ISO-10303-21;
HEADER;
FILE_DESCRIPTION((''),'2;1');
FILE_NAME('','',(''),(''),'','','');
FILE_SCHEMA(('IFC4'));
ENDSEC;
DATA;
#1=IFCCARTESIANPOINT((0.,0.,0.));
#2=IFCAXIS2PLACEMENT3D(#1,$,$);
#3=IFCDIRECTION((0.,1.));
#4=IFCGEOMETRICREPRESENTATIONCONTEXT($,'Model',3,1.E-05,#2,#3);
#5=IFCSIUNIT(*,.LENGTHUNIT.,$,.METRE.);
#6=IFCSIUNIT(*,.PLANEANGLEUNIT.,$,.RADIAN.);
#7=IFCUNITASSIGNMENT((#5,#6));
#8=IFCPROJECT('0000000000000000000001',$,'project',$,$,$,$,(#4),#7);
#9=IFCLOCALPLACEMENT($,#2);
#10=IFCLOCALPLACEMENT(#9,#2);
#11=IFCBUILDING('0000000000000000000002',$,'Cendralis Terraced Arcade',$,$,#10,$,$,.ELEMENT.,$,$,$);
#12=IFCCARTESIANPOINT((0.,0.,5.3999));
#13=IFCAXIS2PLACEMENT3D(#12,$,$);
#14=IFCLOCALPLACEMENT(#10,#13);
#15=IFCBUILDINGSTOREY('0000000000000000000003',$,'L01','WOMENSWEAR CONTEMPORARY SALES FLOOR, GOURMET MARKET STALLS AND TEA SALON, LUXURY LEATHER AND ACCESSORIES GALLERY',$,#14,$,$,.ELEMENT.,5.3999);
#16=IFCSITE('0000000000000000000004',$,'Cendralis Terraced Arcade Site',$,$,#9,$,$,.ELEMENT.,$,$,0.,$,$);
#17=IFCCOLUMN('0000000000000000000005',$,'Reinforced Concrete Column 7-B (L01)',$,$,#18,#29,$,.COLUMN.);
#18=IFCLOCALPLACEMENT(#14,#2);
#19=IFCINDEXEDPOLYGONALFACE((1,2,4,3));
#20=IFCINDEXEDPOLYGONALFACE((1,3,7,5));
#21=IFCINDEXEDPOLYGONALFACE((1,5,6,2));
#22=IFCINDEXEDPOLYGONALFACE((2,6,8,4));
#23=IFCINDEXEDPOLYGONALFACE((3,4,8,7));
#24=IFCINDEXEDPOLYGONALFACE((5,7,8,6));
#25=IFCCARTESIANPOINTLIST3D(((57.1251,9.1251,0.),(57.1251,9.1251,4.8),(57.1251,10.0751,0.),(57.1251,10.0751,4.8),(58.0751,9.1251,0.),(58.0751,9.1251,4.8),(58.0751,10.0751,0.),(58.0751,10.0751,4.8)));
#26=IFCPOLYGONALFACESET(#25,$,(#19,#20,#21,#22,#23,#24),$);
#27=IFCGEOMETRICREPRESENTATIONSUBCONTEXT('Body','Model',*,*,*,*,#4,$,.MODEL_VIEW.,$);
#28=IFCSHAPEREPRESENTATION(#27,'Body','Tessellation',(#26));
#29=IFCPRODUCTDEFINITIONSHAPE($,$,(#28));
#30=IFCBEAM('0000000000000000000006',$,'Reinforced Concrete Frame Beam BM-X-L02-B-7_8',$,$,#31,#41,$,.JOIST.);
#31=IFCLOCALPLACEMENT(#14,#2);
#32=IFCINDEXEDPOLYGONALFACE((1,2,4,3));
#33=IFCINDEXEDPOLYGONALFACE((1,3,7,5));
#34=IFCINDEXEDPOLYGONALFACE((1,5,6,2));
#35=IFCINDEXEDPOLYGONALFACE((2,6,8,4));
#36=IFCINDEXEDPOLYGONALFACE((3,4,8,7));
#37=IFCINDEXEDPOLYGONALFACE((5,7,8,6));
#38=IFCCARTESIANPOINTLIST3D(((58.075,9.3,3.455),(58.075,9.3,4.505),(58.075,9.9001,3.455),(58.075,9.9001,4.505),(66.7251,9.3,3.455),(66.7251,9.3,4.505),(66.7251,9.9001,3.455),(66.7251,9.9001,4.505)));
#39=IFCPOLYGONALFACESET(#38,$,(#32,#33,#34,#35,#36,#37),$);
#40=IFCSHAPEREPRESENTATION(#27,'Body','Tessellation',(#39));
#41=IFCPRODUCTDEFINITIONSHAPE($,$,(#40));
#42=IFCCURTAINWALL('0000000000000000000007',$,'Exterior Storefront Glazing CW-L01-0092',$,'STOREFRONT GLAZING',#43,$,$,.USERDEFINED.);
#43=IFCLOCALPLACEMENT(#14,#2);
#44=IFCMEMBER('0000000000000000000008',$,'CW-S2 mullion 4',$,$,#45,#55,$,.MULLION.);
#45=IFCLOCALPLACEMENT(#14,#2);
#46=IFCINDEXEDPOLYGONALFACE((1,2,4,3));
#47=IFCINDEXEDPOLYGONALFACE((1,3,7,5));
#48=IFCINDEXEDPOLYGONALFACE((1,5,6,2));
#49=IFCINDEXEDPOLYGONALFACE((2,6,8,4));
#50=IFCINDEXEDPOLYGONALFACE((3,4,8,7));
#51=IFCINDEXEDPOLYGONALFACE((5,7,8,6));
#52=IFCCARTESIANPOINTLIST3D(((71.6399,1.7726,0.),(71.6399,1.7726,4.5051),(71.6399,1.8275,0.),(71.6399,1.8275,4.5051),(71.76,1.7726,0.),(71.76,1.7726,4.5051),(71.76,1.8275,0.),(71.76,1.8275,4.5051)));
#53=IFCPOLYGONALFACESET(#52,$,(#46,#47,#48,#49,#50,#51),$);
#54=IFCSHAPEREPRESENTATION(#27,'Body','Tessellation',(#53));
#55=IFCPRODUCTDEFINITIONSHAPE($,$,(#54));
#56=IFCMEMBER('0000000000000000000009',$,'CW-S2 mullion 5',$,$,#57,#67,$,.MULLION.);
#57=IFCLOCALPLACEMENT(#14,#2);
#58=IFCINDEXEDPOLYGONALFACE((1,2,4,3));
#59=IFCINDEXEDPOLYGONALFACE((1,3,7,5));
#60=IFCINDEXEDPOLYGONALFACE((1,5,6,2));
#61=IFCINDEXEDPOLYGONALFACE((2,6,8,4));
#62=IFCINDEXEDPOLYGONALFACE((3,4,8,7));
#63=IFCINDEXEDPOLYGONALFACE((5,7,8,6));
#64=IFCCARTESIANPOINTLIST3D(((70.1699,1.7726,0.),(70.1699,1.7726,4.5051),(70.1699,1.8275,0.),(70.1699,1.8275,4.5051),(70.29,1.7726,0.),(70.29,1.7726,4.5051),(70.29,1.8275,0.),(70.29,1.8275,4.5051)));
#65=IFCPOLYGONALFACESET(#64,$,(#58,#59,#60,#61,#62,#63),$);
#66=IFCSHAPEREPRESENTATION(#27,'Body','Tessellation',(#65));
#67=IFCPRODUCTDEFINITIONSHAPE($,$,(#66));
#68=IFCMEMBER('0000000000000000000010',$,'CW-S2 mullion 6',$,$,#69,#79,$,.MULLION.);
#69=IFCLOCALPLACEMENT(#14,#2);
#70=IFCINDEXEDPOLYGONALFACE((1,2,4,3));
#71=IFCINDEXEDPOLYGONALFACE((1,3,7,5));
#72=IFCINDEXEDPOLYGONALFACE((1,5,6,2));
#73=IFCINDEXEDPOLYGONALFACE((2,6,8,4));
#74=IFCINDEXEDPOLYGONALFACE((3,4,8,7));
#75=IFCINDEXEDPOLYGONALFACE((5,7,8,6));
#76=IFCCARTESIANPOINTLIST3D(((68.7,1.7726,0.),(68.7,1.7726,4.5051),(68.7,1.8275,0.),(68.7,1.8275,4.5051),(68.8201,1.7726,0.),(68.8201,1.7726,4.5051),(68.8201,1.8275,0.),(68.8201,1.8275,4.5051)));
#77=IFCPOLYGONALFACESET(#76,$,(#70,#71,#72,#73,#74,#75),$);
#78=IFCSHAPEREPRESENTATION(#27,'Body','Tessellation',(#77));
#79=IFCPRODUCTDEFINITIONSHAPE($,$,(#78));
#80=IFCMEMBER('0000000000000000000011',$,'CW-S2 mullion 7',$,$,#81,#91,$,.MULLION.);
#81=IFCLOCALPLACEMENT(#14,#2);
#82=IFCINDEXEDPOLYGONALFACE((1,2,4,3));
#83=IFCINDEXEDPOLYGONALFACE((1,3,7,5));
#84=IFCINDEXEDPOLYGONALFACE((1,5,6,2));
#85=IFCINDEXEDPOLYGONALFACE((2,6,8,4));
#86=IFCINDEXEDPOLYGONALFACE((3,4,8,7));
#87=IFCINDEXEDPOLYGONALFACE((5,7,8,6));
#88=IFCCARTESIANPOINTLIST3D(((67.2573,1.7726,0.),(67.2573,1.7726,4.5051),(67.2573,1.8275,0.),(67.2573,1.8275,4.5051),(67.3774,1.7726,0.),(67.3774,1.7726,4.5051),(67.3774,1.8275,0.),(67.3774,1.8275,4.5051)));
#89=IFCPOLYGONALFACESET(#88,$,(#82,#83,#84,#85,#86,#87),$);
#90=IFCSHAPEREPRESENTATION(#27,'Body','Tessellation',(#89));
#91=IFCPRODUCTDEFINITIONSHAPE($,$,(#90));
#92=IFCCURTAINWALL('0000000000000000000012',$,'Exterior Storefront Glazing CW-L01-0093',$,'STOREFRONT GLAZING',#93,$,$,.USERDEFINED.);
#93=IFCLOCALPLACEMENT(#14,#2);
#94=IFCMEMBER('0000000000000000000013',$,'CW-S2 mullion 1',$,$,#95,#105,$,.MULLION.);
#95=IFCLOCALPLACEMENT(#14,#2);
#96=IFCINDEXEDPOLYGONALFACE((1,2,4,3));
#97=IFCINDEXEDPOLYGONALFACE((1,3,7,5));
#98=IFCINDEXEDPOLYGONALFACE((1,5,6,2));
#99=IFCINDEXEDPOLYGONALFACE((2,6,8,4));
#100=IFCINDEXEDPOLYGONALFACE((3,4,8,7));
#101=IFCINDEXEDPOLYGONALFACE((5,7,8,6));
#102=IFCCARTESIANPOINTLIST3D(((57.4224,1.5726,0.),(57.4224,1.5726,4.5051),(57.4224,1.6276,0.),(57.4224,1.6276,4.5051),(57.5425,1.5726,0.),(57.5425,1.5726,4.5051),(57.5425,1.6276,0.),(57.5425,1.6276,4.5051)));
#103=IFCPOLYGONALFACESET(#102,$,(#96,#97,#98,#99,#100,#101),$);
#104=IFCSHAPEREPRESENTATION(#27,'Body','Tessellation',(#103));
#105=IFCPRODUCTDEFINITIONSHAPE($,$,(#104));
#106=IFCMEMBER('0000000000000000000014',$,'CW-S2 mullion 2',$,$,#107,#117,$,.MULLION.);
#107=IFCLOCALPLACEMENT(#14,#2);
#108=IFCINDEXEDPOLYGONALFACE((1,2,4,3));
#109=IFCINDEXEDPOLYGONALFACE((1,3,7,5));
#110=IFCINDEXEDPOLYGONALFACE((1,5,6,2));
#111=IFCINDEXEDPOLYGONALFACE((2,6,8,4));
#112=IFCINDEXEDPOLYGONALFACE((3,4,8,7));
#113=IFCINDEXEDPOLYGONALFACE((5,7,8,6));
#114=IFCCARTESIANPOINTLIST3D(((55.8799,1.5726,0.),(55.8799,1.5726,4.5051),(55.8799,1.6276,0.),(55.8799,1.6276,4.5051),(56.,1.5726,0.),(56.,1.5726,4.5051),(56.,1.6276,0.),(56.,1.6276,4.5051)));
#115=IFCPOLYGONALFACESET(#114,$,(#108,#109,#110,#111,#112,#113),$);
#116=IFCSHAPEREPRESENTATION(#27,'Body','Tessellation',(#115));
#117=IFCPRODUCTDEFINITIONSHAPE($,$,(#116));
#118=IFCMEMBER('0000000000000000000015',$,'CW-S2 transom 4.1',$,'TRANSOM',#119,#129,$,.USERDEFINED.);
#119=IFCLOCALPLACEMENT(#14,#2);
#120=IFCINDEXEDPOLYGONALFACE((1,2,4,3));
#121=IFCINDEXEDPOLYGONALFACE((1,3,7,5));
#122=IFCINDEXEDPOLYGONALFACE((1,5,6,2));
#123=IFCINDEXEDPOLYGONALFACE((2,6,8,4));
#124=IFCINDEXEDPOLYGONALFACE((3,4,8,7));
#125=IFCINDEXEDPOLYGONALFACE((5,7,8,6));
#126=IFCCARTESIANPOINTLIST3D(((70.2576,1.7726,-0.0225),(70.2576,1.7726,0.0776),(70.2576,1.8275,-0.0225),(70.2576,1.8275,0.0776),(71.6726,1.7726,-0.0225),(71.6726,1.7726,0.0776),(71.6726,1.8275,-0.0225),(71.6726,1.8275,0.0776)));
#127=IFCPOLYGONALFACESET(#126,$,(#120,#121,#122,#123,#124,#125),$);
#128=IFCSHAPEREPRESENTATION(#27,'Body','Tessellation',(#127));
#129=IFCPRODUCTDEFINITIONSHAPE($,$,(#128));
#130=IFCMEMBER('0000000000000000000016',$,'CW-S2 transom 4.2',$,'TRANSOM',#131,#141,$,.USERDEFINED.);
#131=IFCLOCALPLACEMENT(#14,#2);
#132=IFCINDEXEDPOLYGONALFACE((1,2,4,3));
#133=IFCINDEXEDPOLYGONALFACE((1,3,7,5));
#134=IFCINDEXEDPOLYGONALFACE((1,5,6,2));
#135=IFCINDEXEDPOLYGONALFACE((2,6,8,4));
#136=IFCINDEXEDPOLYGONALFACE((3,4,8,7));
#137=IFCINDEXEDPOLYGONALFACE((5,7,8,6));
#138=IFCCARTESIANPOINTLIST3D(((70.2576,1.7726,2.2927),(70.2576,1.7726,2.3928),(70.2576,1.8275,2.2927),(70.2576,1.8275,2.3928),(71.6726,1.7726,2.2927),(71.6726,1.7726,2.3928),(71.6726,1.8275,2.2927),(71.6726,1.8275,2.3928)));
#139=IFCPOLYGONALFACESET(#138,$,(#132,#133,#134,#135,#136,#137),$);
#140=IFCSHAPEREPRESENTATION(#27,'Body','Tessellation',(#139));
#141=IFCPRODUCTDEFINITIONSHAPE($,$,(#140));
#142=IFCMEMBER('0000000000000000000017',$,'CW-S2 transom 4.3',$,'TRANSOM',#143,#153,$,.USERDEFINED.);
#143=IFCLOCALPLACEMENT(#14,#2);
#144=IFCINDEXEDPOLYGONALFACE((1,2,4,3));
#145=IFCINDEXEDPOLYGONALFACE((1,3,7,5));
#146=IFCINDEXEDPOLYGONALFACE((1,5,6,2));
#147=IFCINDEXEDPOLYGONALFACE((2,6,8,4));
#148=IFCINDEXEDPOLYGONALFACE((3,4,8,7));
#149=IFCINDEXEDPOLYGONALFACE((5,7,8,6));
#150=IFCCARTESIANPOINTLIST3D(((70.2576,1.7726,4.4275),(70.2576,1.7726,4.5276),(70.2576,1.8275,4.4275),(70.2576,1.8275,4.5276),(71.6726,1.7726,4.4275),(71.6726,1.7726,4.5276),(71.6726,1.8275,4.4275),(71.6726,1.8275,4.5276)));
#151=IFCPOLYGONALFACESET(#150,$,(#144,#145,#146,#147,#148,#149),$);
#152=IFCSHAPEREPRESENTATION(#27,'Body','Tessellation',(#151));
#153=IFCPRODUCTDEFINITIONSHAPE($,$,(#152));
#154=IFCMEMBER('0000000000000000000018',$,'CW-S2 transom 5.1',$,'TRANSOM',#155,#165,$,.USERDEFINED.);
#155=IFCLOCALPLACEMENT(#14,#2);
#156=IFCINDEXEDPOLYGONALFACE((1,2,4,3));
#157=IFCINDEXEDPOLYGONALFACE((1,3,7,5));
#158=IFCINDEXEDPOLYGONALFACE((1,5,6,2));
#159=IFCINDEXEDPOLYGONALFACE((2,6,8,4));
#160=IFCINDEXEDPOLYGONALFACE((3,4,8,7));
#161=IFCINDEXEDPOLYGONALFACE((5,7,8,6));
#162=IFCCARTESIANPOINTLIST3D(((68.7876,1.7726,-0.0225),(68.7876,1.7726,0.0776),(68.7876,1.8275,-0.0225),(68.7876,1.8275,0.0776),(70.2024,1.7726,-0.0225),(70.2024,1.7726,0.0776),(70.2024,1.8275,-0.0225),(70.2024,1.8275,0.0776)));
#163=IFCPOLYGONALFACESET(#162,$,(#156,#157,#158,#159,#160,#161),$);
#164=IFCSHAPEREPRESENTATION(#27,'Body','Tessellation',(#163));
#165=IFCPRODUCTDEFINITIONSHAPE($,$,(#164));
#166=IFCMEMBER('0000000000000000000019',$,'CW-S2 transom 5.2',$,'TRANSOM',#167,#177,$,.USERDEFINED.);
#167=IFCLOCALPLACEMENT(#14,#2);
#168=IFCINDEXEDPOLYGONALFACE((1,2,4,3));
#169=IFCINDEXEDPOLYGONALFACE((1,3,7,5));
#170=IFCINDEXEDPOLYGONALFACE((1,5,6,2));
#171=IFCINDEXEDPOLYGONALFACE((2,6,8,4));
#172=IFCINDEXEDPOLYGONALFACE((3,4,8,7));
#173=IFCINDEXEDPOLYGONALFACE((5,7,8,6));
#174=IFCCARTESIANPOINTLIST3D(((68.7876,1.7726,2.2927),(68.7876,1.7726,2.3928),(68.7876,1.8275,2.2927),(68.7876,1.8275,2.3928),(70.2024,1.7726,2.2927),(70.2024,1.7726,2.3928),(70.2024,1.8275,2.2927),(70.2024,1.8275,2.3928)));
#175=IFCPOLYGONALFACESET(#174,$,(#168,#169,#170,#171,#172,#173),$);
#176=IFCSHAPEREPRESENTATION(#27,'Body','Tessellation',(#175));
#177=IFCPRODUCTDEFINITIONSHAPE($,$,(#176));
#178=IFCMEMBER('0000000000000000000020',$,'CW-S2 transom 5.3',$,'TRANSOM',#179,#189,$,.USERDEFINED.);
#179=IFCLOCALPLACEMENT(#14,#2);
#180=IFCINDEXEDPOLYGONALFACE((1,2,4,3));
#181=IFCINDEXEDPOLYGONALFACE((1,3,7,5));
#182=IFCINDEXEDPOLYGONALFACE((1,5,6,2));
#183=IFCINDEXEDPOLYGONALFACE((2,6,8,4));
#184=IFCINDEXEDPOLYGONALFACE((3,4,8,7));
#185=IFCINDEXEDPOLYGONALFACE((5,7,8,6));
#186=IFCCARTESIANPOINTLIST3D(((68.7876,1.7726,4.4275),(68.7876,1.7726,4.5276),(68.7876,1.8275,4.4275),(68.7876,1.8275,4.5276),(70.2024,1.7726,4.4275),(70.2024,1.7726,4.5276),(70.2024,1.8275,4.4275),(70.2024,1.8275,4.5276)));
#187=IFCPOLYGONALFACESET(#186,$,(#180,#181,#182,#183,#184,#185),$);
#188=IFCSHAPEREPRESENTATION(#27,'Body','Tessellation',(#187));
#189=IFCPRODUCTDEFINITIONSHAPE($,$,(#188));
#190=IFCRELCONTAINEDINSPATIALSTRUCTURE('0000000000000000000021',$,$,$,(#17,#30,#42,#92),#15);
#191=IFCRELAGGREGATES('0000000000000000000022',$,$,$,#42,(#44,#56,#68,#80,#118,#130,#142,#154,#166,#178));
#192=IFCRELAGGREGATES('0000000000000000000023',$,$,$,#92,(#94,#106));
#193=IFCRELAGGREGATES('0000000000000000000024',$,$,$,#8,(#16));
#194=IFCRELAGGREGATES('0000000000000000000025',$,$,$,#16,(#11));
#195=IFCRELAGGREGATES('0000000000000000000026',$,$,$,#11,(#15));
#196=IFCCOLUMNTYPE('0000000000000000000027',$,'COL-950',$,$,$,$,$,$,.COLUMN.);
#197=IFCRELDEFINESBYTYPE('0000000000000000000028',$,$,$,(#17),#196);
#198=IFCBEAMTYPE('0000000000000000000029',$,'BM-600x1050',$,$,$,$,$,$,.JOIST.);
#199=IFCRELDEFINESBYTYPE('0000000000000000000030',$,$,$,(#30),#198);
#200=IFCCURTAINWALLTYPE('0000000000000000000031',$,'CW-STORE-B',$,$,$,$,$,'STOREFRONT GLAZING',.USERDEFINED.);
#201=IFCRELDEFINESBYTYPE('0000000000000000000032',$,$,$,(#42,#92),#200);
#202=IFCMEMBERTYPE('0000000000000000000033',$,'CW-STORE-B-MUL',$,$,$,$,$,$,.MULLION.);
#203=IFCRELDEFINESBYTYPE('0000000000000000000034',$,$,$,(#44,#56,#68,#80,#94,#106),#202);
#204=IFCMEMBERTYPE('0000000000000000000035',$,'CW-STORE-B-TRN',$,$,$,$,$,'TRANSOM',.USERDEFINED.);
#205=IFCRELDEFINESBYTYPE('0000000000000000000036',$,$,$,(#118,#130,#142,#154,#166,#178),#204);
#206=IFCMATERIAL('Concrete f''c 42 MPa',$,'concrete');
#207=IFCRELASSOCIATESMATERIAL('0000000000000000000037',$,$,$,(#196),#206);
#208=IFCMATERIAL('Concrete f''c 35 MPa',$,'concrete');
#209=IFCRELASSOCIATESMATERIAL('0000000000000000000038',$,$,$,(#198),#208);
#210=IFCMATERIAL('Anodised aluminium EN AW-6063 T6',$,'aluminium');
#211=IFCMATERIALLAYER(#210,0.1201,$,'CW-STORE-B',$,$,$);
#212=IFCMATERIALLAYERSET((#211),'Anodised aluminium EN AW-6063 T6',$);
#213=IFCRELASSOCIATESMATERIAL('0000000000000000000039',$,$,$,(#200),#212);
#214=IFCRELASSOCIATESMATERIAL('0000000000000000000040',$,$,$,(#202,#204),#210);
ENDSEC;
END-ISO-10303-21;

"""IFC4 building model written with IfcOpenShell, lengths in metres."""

from ifc_helpers import new_model, si_unit, direction, frame, origin, origin_2d, place, context, subcontext, project, spatial, rectangle, extrude, material, layer, layer_set, material_profile, profile_set, type_object, element, aggregate, save


model = new_model("IFC4")

# Units and contexts
model_context = context("Model", 3, precision=1e-05, world=origin(), true_north=direction((0.0, 1.0)))
body_context = subcontext(model_context, "Body", "Model", "MODEL_VIEW")
ifc_project = project(units=[si_unit("LENGTHUNIT", "METRE"), si_unit("PLANEANGLEUNIT", "RADIAN")], contexts=[model_context])

# Site, building, storey
site_placement = place(None, origin())
site = spatial("IfcSite", under=ifc_project, at=site_placement, Name="Cendralis Terraced Arcade Site", CompositionType="ELEMENT", RefElevation=0.0)
building_placement = place(site_placement, origin())
building = spatial("IfcBuilding", under=site, at=building_placement, Name="Cendralis Terraced Arcade", CompositionType="ELEMENT")
storey_placement = place(building_placement, frame((0.0, 0.0, 5.3999)))
storey = spatial("IfcBuildingStorey", under=building, at=storey_placement, Name="L01", Description="WOMENSWEAR CONTEMPORARY SALES FLOOR, GOURMET MARKET STALLS AND TEA SALON, LUXURY LEATHER AND ACCESSORIES GALLERY", CompositionType="ELEMENT", Elevation=5.3999)

# Column
ifc_material_1 = material(Name="Concrete f'c 42 MPa", Category="concrete")
ifc_material_profile_1 = material_profile(ifc_material_1, rectangle(XDim=0.95, YDim=0.95, at=origin_2d()), Name="RC-COL-950x950", Category="LoadBearing")
ifc_profile_set_1 = profile_set([ifc_material_profile_1], Name="Concrete f'c 42 MPa")
column_type = type_object("IfcColumnType", Name="COL-950", PredefinedType="COLUMN", material=ifc_profile_set_1)
column_placement = place(storey_placement, frame((57.6001, 9.6001, 0.0), z_axis=(0.0, 0.0, 1.0), x_axis=(1.0, 0.0, 0.0)))
element("IfcColumn", 1, at=column_placement, inside=storey, type_object=column_type, Name="Reinforced Concrete Column 7-B (L01)", PredefinedType="COLUMN", context=body_context, shape_type="SweptSolid", body=[
    extrude(rectangle(XDim=0.95, YDim=0.95, at=origin_2d()), origin(), (0.0, 0.0, 1.0), 4.8),
])

# Beam
ifc_material_2 = material(Name="Concrete f'c 35 MPa", Category="concrete")
ifc_material_profile_2 = material_profile(ifc_material_2, rectangle(XDim=0.6001, YDim=1.05, at=origin_2d()), Name="RC-BM-600x1050", Category="LoadBearing")
ifc_profile_set_2 = profile_set([ifc_material_profile_2], Name="Concrete f'c 35 MPa")
beam_type = type_object("IfcBeamType", Name="BM-600x1050", PredefinedType="JOIST", material=ifc_profile_set_2)
beam_placement = place(storey_placement, frame((58.075, 9.6001, 3.98), z_axis=(1.0, 0.0, 0.0), x_axis=(0.0, 1.0, 0.0)))
element("IfcBeam", 2, at=beam_placement, inside=storey, type_object=beam_type, Name="Reinforced Concrete Frame Beam BM-X-L02-B-7_8", PredefinedType="JOIST", context=body_context, shape_type="SweptSolid", body=[
    extrude(rectangle(XDim=0.6001, YDim=1.05, at=origin_2d()), origin(), (0.0, 0.0, 1.0), 8.6501),
])

# Curtain walls, members
ifc_material_3 = material(Name="Anodised aluminium EN AW-6063 T6", Category="aluminium")
ifc_layer_1 = layer(ifc_material_3, 0.1201, Name="CW-STORE-B")
ifc_layer_set_1 = layer_set([ifc_layer_1], Name="Anodised aluminium EN AW-6063 T6")
curtain_wall_type = type_object("IfcCurtainWallType", Name="CW-STORE-B", ElementType="STOREFRONT GLAZING", PredefinedType="USERDEFINED", material=ifc_layer_set_1)
curtain_wall_1_placement = place(storey_placement, origin())
curtain_wall_1 = element("IfcCurtainWall", 3, at=curtain_wall_1_placement, inside=storey, type_object=curtain_wall_type, Name="Exterior Storefront Glazing CW-L01-0092", ObjectType="STOREFRONT GLAZING", PredefinedType="USERDEFINED")
ifc_material_profile_3 = material_profile(ifc_material_3, rectangle(XDim=0.0549, YDim=0.1201, at=origin_2d()), Name="ALU-MUL-55x120")
ifc_profile_set_3 = profile_set([ifc_material_profile_3], Name="Anodised aluminium EN AW-6063 T6")
member_type_1 = type_object("IfcMemberType", Name="CW-STORE-B-MUL", PredefinedType="MULLION", material=ifc_profile_set_3)
member_1_placement = place(storey_placement, frame((71.7, 1.8, 0.0), z_axis=(0.0, 0.0, 1.0), x_axis=(0.0, -1.0, 0.0)))
member_1 = element("IfcMember", 4, at=member_1_placement, type_object=member_type_1, Name="CW-S2 mullion 4", PredefinedType="MULLION", context=body_context, shape_type="SweptSolid", body=[
    extrude(rectangle(XDim=0.0549, YDim=0.1201, at=origin_2d()), origin(), (0.0, 0.0, 1.0), 4.5051),
])
member_2_placement = place(storey_placement, frame((70.23, 1.8, 0.0), z_axis=(0.0, 0.0, 1.0), x_axis=(0.0, -1.0, 0.0)))
member_2 = element("IfcMember", 5, at=member_2_placement, type_object=member_type_1, Name="CW-S2 mullion 5", PredefinedType="MULLION", context=body_context, shape_type="SweptSolid", body=[
    extrude(rectangle(XDim=0.0549, YDim=0.1201, at=origin_2d()), origin(), (0.0, 0.0, 1.0), 4.5051),
])
member_3_placement = place(storey_placement, frame((68.76, 1.8, 0.0), z_axis=(0.0, 0.0, 1.0), x_axis=(0.0, -1.0, 0.0)))
member_3 = element("IfcMember", 6, at=member_3_placement, type_object=member_type_1, Name="CW-S2 mullion 6", PredefinedType="MULLION", context=body_context, shape_type="SweptSolid", body=[
    extrude(rectangle(XDim=0.0549, YDim=0.1201, at=origin_2d()), origin(), (0.0, 0.0, 1.0), 4.5051),
])
member_4_placement = place(storey_placement, frame((67.3174, 1.8, 0.0), z_axis=(0.0, 0.0, 1.0), x_axis=(0.0, -1.0, 0.0)))
member_4 = element("IfcMember", 7, at=member_4_placement, type_object=member_type_1, Name="CW-S2 mullion 7", PredefinedType="MULLION", context=body_context, shape_type="SweptSolid", body=[
    extrude(rectangle(XDim=0.0549, YDim=0.1201, at=origin_2d()), origin(), (0.0, 0.0, 1.0), 4.5051),
])
curtain_wall_2_placement = place(storey_placement, origin())
curtain_wall_2 = element("IfcCurtainWall", 8, at=curtain_wall_2_placement, inside=storey, type_object=curtain_wall_type, Name="Exterior Storefront Glazing CW-L01-0093", ObjectType="STOREFRONT GLAZING", PredefinedType="USERDEFINED")
member_5_placement = place(storey_placement, frame((57.4824, 1.6001, 0.0), z_axis=(0.0, 0.0, 1.0), x_axis=(0.0, -1.0, 0.0)))
member_5 = element("IfcMember", 9, at=member_5_placement, type_object=member_type_1, Name="CW-S2 mullion 1", PredefinedType="MULLION", context=body_context, shape_type="SweptSolid", body=[
    extrude(rectangle(XDim=0.0549, YDim=0.1201, at=origin_2d()), origin(), (0.0, 0.0, 1.0), 4.5051),
])
member_6_placement = place(storey_placement, frame((55.9399, 1.6001, 0.0), z_axis=(0.0, 0.0, 1.0), x_axis=(0.0, -1.0, 0.0)))
member_6 = element("IfcMember", 10, at=member_6_placement, type_object=member_type_1, Name="CW-S2 mullion 2", PredefinedType="MULLION", context=body_context, shape_type="SweptSolid", body=[
    extrude(rectangle(XDim=0.0549, YDim=0.1201, at=origin_2d()), origin(), (0.0, 0.0, 1.0), 4.5051),
])

# Members
ifc_material_profile_4 = material_profile(ifc_material_3, rectangle(XDim=0.0549, YDim=0.1001, at=origin_2d()), Name="ALU-TRN-55x100")
ifc_profile_set_4 = profile_set([ifc_material_profile_4], Name="Anodised aluminium EN AW-6063 T6")
member_type_2 = type_object("IfcMemberType", Name="CW-STORE-B-TRN", ElementType="TRANSOM", PredefinedType="USERDEFINED", material=ifc_profile_set_4)
member_7_placement = place(storey_placement, frame((71.6726, 1.8, 0.0276), z_axis=(-1.0, 0.0, 0.0), x_axis=(0.0, -1.0, 0.0)))
member_7 = element("IfcMember", 11, at=member_7_placement, type_object=member_type_2, Name="CW-S2 transom 4.1", ObjectType="TRANSOM", PredefinedType="USERDEFINED", context=body_context, shape_type="SweptSolid", body=[
    extrude(rectangle(XDim=0.0549, YDim=0.1001, at=origin_2d()), origin(), (0.0, 0.0, 1.0), 1.415),
])
member_8_placement = place(storey_placement, frame((71.6726, 1.8, 2.3428), z_axis=(-1.0, 0.0, 0.0), x_axis=(0.0, -1.0, 0.0)))
member_8 = element("IfcMember", 12, at=member_8_placement, type_object=member_type_2, Name="CW-S2 transom 4.2", ObjectType="TRANSOM", PredefinedType="USERDEFINED", context=body_context, shape_type="SweptSolid", body=[
    extrude(rectangle(XDim=0.0549, YDim=0.1001, at=origin_2d()), origin(), (0.0, 0.0, 1.0), 1.415),
])
member_9_placement = place(storey_placement, frame((71.6726, 1.8, 4.4775), z_axis=(-1.0, 0.0, 0.0), x_axis=(0.0, -1.0, 0.0)))
member_9 = element("IfcMember", 13, at=member_9_placement, type_object=member_type_2, Name="CW-S2 transom 4.3", ObjectType="TRANSOM", PredefinedType="USERDEFINED", context=body_context, shape_type="SweptSolid", body=[
    extrude(rectangle(XDim=0.0549, YDim=0.1001, at=origin_2d()), origin(), (0.0, 0.0, 1.0), 1.415),
])
member_10_placement = place(storey_placement, frame((70.2024, 1.8, 0.0276), z_axis=(-1.0, 0.0, 0.0), x_axis=(0.0, -1.0, 0.0)))
member_10 = element("IfcMember", 14, at=member_10_placement, type_object=member_type_2, Name="CW-S2 transom 5.1", ObjectType="TRANSOM", PredefinedType="USERDEFINED", context=body_context, shape_type="SweptSolid", body=[
    extrude(rectangle(XDim=0.0549, YDim=0.1001, at=origin_2d()), origin(), (0.0, 0.0, 1.0), 1.4148),
])
member_11_placement = place(storey_placement, frame((70.2024, 1.8, 2.3428), z_axis=(-1.0, 0.0, 0.0), x_axis=(0.0, -1.0, 0.0)))
member_11 = element("IfcMember", 15, at=member_11_placement, type_object=member_type_2, Name="CW-S2 transom 5.2", ObjectType="TRANSOM", PredefinedType="USERDEFINED", context=body_context, shape_type="SweptSolid", body=[
    extrude(rectangle(XDim=0.0549, YDim=0.1001, at=origin_2d()), origin(), (0.0, 0.0, 1.0), 1.4148),
])
member_12_placement = place(storey_placement, frame((70.2024, 1.8, 4.4775), z_axis=(-1.0, 0.0, 0.0), x_axis=(0.0, -1.0, 0.0)))
member_12 = element("IfcMember", 16, at=member_12_placement, type_object=member_type_2, Name="CW-S2 transom 5.3", ObjectType="TRANSOM", PredefinedType="USERDEFINED", context=body_context, shape_type="SweptSolid", body=[
    extrude(rectangle(XDim=0.0549, YDim=0.1001, at=origin_2d()), origin(), (0.0, 0.0, 1.0), 1.4148),
])

aggregate(curtain_wall_1, [member_1, member_2, member_3, member_4, member_7, member_8, member_9, member_10, member_11, member_12])
aggregate(curtain_wall_2, [member_5, member_6])

save(model, "model.ifc")
